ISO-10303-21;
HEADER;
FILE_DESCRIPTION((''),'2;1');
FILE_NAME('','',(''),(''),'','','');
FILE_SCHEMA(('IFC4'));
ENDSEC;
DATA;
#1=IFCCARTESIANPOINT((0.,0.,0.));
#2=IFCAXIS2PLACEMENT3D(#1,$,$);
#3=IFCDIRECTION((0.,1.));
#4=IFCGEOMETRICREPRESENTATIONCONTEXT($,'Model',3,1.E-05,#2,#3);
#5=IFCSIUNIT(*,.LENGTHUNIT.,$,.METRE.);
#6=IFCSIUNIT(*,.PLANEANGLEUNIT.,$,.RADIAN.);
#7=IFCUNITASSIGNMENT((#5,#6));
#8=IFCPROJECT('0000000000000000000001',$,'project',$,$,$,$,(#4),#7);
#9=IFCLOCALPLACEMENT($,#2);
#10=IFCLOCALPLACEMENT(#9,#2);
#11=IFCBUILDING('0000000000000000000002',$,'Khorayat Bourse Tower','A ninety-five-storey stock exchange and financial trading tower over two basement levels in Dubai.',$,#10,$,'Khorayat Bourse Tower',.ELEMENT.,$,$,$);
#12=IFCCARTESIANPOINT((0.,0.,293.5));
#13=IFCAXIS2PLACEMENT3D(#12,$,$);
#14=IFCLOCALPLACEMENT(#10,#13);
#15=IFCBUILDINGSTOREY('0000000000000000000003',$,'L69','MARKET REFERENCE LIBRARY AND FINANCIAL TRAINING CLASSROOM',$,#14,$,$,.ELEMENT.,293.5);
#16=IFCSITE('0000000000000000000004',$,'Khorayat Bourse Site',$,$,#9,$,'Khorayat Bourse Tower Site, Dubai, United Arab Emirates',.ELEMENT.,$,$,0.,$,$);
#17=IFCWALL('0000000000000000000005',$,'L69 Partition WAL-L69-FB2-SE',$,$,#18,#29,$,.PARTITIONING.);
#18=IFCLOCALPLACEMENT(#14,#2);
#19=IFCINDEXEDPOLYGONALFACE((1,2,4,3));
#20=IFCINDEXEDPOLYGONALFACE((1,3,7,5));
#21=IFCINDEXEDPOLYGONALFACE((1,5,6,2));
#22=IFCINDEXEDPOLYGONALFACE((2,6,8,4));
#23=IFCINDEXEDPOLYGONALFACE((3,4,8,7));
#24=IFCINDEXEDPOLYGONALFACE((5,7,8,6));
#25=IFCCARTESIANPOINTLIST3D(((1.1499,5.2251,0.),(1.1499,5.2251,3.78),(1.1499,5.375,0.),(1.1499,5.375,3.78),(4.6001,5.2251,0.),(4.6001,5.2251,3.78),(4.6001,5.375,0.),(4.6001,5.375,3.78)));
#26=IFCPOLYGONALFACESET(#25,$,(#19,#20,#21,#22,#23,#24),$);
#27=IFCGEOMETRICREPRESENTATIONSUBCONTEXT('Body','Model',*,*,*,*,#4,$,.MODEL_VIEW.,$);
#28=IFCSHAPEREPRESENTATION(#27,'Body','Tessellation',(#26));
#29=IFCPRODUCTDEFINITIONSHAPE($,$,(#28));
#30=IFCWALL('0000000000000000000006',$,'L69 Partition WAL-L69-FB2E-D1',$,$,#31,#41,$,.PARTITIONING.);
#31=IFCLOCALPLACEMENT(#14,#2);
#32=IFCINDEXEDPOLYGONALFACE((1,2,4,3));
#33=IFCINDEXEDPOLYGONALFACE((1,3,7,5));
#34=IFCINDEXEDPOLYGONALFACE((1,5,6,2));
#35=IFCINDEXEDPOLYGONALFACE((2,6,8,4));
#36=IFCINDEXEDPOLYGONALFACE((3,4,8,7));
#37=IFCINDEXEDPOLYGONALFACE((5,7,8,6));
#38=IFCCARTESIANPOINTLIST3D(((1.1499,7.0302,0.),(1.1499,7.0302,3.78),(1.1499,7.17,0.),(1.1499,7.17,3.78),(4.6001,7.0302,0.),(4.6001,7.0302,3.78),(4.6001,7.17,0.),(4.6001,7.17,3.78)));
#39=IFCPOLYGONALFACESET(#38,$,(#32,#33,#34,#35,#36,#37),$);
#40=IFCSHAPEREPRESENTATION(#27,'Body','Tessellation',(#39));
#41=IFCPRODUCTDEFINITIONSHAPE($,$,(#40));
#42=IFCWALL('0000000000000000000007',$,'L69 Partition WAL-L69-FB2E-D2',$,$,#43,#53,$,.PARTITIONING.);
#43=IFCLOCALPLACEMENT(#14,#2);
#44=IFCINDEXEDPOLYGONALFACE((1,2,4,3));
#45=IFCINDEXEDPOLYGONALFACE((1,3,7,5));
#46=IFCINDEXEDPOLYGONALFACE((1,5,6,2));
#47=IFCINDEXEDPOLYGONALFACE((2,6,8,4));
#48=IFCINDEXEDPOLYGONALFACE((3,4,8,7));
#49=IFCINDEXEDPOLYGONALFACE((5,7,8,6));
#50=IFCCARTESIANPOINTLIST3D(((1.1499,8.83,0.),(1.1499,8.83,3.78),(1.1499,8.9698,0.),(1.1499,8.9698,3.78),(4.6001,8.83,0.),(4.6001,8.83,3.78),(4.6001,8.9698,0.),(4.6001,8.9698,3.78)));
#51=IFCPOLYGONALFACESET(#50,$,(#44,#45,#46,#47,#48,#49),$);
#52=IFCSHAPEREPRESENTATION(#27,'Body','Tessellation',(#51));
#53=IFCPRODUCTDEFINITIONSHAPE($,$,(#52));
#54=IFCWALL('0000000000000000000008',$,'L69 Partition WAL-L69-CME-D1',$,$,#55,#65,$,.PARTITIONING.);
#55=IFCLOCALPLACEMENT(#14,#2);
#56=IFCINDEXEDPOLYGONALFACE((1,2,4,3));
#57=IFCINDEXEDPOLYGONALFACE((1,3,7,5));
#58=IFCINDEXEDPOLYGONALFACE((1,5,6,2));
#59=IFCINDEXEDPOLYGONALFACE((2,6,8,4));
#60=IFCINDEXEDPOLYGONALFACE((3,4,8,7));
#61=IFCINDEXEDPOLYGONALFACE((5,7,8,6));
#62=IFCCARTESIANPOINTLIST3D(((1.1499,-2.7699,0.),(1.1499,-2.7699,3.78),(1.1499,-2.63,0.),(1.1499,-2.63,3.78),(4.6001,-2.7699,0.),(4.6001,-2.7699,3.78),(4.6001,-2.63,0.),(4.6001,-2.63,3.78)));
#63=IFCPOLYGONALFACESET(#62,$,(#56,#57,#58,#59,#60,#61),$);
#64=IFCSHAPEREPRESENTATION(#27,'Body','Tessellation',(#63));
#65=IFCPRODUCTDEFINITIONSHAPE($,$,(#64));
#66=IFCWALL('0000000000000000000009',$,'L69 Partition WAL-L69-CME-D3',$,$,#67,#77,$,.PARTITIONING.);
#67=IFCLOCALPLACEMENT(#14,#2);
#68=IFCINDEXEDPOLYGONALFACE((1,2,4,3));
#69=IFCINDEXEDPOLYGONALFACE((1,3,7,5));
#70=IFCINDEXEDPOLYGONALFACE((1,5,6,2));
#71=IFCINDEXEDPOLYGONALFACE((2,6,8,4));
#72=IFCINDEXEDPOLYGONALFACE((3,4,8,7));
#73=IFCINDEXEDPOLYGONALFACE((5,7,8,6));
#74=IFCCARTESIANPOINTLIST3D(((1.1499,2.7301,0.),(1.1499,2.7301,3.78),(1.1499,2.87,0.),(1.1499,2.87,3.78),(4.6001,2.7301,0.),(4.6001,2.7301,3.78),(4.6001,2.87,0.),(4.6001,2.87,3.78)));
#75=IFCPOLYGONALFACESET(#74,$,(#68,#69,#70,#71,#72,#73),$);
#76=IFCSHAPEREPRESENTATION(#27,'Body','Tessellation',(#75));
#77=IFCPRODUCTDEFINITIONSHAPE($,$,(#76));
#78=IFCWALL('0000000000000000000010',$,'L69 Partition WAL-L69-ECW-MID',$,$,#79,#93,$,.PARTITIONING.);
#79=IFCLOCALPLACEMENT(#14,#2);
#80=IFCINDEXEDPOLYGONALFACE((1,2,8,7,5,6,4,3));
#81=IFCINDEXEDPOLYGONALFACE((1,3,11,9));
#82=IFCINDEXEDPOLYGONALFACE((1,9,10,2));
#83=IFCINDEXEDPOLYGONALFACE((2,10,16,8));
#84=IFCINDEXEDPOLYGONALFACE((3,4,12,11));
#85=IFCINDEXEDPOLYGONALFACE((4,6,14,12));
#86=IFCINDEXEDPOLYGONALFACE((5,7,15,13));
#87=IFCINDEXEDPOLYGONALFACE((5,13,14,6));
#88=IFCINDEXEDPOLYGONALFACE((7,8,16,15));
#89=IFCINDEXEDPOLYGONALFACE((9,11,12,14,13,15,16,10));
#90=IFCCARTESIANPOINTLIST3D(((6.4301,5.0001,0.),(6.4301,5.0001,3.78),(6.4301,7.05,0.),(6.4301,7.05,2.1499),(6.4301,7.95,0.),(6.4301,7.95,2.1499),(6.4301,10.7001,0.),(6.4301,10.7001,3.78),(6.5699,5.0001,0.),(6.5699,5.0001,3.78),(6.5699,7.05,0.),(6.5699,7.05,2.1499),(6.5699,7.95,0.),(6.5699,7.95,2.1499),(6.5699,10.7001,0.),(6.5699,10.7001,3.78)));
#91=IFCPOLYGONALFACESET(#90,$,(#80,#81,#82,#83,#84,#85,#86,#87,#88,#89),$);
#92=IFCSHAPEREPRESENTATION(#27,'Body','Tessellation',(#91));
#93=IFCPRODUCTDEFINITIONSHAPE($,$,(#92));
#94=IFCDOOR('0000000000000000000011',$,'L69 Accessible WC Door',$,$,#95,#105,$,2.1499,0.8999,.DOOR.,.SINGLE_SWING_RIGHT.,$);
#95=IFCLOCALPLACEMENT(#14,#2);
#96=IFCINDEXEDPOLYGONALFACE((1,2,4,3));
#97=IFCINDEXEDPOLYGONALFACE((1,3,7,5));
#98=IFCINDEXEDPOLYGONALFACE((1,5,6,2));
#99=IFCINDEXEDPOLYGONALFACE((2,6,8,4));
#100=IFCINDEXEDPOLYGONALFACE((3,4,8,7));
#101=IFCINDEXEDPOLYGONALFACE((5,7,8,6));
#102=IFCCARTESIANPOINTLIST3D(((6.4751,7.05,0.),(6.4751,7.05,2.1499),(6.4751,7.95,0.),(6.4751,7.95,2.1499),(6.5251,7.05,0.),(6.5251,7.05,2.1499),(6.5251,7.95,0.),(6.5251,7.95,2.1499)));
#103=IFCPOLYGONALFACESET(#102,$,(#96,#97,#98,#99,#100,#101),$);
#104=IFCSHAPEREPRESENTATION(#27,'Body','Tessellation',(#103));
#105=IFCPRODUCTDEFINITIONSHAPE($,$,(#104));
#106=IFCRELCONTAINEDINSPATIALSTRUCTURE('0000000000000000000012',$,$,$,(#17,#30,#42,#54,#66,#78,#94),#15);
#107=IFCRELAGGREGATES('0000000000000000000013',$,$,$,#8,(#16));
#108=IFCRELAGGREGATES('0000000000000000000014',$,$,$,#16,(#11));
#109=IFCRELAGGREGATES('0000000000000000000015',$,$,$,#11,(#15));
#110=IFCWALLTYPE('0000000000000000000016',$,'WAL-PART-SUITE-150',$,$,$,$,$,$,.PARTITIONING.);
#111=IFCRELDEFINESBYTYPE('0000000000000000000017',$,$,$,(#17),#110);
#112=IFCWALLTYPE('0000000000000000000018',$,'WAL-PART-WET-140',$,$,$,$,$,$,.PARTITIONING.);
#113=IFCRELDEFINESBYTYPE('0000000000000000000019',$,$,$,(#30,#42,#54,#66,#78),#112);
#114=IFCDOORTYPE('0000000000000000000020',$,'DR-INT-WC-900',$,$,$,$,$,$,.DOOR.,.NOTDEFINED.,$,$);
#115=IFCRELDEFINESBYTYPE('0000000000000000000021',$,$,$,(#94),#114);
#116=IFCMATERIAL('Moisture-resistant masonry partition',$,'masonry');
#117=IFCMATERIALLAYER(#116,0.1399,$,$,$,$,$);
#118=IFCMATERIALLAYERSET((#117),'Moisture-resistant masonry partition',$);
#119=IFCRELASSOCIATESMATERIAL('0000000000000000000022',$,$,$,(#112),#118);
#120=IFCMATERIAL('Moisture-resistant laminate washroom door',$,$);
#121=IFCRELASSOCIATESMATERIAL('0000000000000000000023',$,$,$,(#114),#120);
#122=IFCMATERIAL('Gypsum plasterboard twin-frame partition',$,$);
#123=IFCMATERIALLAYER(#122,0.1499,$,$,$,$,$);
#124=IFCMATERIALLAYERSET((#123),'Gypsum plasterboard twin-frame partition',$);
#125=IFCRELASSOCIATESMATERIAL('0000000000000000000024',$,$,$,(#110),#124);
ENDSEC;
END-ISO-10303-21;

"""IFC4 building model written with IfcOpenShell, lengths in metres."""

from ifc_helpers import new_model, si_unit, direction, frame, frame_2d, origin, place, context, subcontext, project, spatial, rectangle, extrude, source, transform, mapped, material, layer, layer_set, type_object, element, fill, save


model = new_model("IFC4")

# Units and contexts
model_context = context("Model", 3, precision=1e-05, world=origin(), true_north=direction((0.0, 1.0)))
body_context = subcontext(model_context, "Body", "Model", "MODEL_VIEW")
ifc_project = project(units=[si_unit("LENGTHUNIT", "METRE"), si_unit("PLANEANGLEUNIT", "RADIAN")], contexts=[model_context])

# Site, building, storey
site_placement = place(None, origin())
site = spatial("IfcSite", under=ifc_project, at=site_placement, Name="Khorayat Bourse Site", LongName="Khorayat Bourse Tower Site, Dubai, United Arab Emirates", CompositionType="ELEMENT", RefElevation=0.0)
building_placement = place(site_placement, origin())
building = spatial("IfcBuilding", under=site, at=building_placement, Name="Khorayat Bourse Tower", Description="A ninety-five-storey stock exchange and financial trading tower over two basement levels in Dubai.", LongName="Khorayat Bourse Tower", CompositionType="ELEMENT")
storey_placement = place(building_placement, frame((0.0, 0.0, 293.5)))
storey = spatial("IfcBuildingStorey", under=building, at=storey_placement, Name="L69", Description="MARKET REFERENCE LIBRARY AND FINANCIAL TRAINING CLASSROOM", CompositionType="ELEMENT", Elevation=293.5)

# Shared definitions
ifc_material_1 = material(Name="Moisture-resistant masonry partition", Category="masonry")
ifc_layer_1 = layer(ifc_material_1, 0.1399)
ifc_layer_set_1 = layer_set([ifc_layer_1], Name="Moisture-resistant masonry partition")
wall_type_1 = type_object("IfcWallType", Name="WAL-PART-WET-140", PredefinedType="PARTITIONING", material=ifc_layer_set_1)

# Shared definitions
shared_shape_1 = source(origin(), body_context, "Body", "SweptSolid", [
    extrude(rectangle(XDim=0.8999, YDim=2.1499, at=frame_2d((0.45, 1.075))), frame((0.0, 0.0798, 0.0), z_axis=(0.0, -1.0, 0.0), x_axis=(1.0, 0.0, 0.0)), (0.0, 0.0, 1.0), 0.1599),
])
ifc_material_2 = material(Name="Moisture-resistant laminate washroom door")
door_type = type_object("IfcDoorType", Name="DR-INT-WC-900", OperationType="NOTDEFINED", PredefinedType="DOOR", material=ifc_material_2)
shared_shape_2 = source(origin(), body_context, "Body", "SweptSolid", [
    extrude(rectangle(XDim=0.8999, YDim=2.1499, at=frame_2d((0.45, 1.075))), frame((0.0, 0.0249, 0.0), z_axis=(0.0, -1.0, 0.0), x_axis=(1.0, 0.0, 0.0)), (0.0, 0.0, 1.0), 0.05),
])

# Wall
ifc_material_3 = material(Name="Gypsum plasterboard twin-frame partition")
ifc_layer_2 = layer(ifc_material_3, 0.1499)
ifc_layer_set_2 = layer_set([ifc_layer_2], Name="Gypsum plasterboard twin-frame partition")
wall_type_2 = type_object("IfcWallType", Name="WAL-PART-SUITE-150", PredefinedType="PARTITIONING", material=ifc_layer_set_2)
shared_shape_3 = source(origin(), body_context, "Body", "SweptSolid", [
    extrude(rectangle(XDim=3.4502, YDim=0.1499, at=frame_2d((1.7251, 0.0))), origin(), (0.0, 0.0, 1.0), 3.78),
])
for number, where, z_axis, x_axis, name in (
    (1, (1.1499, 5.3, 0.0), (0.0, 0.0, 1.0), (1.0, 0.0, 0.0), "L69 Partition WAL-L69-FB2-SE"),
):
    element("IfcWall", number, at=place(storey_placement, frame(where, z_axis=z_axis, x_axis=x_axis)), inside=storey, type_object=wall_type_2, Name=name, PredefinedType="PARTITIONING", context=body_context, shape_type="MappedRepresentation", body=[
        mapped(shared_shape_3, transform((0.0, 0.0, 0.0), scale=1.0)),
    ])

# Walls
shared_shape_4 = source(origin(), body_context, "Body", "SweptSolid", [
    extrude(rectangle(XDim=3.4502, YDim=0.1399, at=frame_2d((1.7251, 0.0))), origin(), (0.0, 0.0, 1.0), 3.78),
])
for number, where, z_axis, x_axis, name in (
    (2, (1.1499, 7.1001, 0.0), (0.0, 0.0, 1.0), (1.0, 0.0, 0.0), "L69 Partition WAL-L69-FB2E-D1"),
    (3, (1.1499, 8.8999, 0.0), (0.0, 0.0, 1.0), (1.0, 0.0, 0.0), "L69 Partition WAL-L69-FB2E-D2"),
    (4, (1.1499, -2.7, 0.0), (0.0, 0.0, 1.0), (1.0, 0.0, 0.0), "L69 Partition WAL-L69-CME-D1"),
    (5, (1.1499, 2.8, 0.0), (0.0, 0.0, 1.0), (1.0, 0.0, 0.0), "L69 Partition WAL-L69-CME-D3"),
):
    element("IfcWall", number, at=place(storey_placement, frame(where, z_axis=z_axis, x_axis=x_axis)), inside=storey, type_object=wall_type_1, Name=name, PredefinedType="PARTITIONING", context=body_context, shape_type="MappedRepresentation", body=[
        mapped(shared_shape_4, transform((0.0, 0.0, 0.0), scale=1.0)),
    ])

# Wall, opening, door
shared_shape_5 = source(origin(), body_context, "Body", "SweptSolid", [
    extrude(rectangle(XDim=5.7, YDim=0.1399, at=frame_2d((2.8501, 0.0))), origin(), (0.0, 0.0, 1.0), 3.78),
])
wall_1_placement = place(storey_placement, frame((6.5, 5.0, 0.0), z_axis=(0.0, 0.0, 1.0), x_axis=(0.0, 1.0, 0.0)))
wall_1 = element("IfcWall", 6, at=wall_1_placement, inside=storey, type_object=wall_type_1, Name="L69 Partition WAL-L69-ECW-MID", PredefinedType="PARTITIONING", context=body_context, shape_type="MappedRepresentation", body=[
    mapped(shared_shape_5, transform((0.0, 0.0, 0.0), scale=1.0)),
])
opening_1_placement = place(wall_1_placement, frame((2.05, 0.0, 0.0)))
opening_1 = element("IfcOpeningElement", 7, at=opening_1_placement, cuts=wall_1, PredefinedType="OPENING", context=body_context, shape_type="MappedRepresentation", body=[
    mapped(shared_shape_1, transform((0.0, 0.0, 0.0), scale=1.0)),
])
door_1_placement = place(opening_1_placement, origin())
door_1 = element("IfcDoor", 8, at=door_1_placement, inside=storey, type_object=door_type, Name="L69 Accessible WC Door", OperationType="SINGLE_SWING_RIGHT", OverallHeight=2.1499, OverallWidth=0.8999, PredefinedType="DOOR", context=body_context, shape_type="MappedRepresentation", body=[
    mapped(shared_shape_2, transform((0.0, 0.0, 0.0), scale=1.0)),
])
fill(opening_1, door_1)

save(model, "model.ifc")
